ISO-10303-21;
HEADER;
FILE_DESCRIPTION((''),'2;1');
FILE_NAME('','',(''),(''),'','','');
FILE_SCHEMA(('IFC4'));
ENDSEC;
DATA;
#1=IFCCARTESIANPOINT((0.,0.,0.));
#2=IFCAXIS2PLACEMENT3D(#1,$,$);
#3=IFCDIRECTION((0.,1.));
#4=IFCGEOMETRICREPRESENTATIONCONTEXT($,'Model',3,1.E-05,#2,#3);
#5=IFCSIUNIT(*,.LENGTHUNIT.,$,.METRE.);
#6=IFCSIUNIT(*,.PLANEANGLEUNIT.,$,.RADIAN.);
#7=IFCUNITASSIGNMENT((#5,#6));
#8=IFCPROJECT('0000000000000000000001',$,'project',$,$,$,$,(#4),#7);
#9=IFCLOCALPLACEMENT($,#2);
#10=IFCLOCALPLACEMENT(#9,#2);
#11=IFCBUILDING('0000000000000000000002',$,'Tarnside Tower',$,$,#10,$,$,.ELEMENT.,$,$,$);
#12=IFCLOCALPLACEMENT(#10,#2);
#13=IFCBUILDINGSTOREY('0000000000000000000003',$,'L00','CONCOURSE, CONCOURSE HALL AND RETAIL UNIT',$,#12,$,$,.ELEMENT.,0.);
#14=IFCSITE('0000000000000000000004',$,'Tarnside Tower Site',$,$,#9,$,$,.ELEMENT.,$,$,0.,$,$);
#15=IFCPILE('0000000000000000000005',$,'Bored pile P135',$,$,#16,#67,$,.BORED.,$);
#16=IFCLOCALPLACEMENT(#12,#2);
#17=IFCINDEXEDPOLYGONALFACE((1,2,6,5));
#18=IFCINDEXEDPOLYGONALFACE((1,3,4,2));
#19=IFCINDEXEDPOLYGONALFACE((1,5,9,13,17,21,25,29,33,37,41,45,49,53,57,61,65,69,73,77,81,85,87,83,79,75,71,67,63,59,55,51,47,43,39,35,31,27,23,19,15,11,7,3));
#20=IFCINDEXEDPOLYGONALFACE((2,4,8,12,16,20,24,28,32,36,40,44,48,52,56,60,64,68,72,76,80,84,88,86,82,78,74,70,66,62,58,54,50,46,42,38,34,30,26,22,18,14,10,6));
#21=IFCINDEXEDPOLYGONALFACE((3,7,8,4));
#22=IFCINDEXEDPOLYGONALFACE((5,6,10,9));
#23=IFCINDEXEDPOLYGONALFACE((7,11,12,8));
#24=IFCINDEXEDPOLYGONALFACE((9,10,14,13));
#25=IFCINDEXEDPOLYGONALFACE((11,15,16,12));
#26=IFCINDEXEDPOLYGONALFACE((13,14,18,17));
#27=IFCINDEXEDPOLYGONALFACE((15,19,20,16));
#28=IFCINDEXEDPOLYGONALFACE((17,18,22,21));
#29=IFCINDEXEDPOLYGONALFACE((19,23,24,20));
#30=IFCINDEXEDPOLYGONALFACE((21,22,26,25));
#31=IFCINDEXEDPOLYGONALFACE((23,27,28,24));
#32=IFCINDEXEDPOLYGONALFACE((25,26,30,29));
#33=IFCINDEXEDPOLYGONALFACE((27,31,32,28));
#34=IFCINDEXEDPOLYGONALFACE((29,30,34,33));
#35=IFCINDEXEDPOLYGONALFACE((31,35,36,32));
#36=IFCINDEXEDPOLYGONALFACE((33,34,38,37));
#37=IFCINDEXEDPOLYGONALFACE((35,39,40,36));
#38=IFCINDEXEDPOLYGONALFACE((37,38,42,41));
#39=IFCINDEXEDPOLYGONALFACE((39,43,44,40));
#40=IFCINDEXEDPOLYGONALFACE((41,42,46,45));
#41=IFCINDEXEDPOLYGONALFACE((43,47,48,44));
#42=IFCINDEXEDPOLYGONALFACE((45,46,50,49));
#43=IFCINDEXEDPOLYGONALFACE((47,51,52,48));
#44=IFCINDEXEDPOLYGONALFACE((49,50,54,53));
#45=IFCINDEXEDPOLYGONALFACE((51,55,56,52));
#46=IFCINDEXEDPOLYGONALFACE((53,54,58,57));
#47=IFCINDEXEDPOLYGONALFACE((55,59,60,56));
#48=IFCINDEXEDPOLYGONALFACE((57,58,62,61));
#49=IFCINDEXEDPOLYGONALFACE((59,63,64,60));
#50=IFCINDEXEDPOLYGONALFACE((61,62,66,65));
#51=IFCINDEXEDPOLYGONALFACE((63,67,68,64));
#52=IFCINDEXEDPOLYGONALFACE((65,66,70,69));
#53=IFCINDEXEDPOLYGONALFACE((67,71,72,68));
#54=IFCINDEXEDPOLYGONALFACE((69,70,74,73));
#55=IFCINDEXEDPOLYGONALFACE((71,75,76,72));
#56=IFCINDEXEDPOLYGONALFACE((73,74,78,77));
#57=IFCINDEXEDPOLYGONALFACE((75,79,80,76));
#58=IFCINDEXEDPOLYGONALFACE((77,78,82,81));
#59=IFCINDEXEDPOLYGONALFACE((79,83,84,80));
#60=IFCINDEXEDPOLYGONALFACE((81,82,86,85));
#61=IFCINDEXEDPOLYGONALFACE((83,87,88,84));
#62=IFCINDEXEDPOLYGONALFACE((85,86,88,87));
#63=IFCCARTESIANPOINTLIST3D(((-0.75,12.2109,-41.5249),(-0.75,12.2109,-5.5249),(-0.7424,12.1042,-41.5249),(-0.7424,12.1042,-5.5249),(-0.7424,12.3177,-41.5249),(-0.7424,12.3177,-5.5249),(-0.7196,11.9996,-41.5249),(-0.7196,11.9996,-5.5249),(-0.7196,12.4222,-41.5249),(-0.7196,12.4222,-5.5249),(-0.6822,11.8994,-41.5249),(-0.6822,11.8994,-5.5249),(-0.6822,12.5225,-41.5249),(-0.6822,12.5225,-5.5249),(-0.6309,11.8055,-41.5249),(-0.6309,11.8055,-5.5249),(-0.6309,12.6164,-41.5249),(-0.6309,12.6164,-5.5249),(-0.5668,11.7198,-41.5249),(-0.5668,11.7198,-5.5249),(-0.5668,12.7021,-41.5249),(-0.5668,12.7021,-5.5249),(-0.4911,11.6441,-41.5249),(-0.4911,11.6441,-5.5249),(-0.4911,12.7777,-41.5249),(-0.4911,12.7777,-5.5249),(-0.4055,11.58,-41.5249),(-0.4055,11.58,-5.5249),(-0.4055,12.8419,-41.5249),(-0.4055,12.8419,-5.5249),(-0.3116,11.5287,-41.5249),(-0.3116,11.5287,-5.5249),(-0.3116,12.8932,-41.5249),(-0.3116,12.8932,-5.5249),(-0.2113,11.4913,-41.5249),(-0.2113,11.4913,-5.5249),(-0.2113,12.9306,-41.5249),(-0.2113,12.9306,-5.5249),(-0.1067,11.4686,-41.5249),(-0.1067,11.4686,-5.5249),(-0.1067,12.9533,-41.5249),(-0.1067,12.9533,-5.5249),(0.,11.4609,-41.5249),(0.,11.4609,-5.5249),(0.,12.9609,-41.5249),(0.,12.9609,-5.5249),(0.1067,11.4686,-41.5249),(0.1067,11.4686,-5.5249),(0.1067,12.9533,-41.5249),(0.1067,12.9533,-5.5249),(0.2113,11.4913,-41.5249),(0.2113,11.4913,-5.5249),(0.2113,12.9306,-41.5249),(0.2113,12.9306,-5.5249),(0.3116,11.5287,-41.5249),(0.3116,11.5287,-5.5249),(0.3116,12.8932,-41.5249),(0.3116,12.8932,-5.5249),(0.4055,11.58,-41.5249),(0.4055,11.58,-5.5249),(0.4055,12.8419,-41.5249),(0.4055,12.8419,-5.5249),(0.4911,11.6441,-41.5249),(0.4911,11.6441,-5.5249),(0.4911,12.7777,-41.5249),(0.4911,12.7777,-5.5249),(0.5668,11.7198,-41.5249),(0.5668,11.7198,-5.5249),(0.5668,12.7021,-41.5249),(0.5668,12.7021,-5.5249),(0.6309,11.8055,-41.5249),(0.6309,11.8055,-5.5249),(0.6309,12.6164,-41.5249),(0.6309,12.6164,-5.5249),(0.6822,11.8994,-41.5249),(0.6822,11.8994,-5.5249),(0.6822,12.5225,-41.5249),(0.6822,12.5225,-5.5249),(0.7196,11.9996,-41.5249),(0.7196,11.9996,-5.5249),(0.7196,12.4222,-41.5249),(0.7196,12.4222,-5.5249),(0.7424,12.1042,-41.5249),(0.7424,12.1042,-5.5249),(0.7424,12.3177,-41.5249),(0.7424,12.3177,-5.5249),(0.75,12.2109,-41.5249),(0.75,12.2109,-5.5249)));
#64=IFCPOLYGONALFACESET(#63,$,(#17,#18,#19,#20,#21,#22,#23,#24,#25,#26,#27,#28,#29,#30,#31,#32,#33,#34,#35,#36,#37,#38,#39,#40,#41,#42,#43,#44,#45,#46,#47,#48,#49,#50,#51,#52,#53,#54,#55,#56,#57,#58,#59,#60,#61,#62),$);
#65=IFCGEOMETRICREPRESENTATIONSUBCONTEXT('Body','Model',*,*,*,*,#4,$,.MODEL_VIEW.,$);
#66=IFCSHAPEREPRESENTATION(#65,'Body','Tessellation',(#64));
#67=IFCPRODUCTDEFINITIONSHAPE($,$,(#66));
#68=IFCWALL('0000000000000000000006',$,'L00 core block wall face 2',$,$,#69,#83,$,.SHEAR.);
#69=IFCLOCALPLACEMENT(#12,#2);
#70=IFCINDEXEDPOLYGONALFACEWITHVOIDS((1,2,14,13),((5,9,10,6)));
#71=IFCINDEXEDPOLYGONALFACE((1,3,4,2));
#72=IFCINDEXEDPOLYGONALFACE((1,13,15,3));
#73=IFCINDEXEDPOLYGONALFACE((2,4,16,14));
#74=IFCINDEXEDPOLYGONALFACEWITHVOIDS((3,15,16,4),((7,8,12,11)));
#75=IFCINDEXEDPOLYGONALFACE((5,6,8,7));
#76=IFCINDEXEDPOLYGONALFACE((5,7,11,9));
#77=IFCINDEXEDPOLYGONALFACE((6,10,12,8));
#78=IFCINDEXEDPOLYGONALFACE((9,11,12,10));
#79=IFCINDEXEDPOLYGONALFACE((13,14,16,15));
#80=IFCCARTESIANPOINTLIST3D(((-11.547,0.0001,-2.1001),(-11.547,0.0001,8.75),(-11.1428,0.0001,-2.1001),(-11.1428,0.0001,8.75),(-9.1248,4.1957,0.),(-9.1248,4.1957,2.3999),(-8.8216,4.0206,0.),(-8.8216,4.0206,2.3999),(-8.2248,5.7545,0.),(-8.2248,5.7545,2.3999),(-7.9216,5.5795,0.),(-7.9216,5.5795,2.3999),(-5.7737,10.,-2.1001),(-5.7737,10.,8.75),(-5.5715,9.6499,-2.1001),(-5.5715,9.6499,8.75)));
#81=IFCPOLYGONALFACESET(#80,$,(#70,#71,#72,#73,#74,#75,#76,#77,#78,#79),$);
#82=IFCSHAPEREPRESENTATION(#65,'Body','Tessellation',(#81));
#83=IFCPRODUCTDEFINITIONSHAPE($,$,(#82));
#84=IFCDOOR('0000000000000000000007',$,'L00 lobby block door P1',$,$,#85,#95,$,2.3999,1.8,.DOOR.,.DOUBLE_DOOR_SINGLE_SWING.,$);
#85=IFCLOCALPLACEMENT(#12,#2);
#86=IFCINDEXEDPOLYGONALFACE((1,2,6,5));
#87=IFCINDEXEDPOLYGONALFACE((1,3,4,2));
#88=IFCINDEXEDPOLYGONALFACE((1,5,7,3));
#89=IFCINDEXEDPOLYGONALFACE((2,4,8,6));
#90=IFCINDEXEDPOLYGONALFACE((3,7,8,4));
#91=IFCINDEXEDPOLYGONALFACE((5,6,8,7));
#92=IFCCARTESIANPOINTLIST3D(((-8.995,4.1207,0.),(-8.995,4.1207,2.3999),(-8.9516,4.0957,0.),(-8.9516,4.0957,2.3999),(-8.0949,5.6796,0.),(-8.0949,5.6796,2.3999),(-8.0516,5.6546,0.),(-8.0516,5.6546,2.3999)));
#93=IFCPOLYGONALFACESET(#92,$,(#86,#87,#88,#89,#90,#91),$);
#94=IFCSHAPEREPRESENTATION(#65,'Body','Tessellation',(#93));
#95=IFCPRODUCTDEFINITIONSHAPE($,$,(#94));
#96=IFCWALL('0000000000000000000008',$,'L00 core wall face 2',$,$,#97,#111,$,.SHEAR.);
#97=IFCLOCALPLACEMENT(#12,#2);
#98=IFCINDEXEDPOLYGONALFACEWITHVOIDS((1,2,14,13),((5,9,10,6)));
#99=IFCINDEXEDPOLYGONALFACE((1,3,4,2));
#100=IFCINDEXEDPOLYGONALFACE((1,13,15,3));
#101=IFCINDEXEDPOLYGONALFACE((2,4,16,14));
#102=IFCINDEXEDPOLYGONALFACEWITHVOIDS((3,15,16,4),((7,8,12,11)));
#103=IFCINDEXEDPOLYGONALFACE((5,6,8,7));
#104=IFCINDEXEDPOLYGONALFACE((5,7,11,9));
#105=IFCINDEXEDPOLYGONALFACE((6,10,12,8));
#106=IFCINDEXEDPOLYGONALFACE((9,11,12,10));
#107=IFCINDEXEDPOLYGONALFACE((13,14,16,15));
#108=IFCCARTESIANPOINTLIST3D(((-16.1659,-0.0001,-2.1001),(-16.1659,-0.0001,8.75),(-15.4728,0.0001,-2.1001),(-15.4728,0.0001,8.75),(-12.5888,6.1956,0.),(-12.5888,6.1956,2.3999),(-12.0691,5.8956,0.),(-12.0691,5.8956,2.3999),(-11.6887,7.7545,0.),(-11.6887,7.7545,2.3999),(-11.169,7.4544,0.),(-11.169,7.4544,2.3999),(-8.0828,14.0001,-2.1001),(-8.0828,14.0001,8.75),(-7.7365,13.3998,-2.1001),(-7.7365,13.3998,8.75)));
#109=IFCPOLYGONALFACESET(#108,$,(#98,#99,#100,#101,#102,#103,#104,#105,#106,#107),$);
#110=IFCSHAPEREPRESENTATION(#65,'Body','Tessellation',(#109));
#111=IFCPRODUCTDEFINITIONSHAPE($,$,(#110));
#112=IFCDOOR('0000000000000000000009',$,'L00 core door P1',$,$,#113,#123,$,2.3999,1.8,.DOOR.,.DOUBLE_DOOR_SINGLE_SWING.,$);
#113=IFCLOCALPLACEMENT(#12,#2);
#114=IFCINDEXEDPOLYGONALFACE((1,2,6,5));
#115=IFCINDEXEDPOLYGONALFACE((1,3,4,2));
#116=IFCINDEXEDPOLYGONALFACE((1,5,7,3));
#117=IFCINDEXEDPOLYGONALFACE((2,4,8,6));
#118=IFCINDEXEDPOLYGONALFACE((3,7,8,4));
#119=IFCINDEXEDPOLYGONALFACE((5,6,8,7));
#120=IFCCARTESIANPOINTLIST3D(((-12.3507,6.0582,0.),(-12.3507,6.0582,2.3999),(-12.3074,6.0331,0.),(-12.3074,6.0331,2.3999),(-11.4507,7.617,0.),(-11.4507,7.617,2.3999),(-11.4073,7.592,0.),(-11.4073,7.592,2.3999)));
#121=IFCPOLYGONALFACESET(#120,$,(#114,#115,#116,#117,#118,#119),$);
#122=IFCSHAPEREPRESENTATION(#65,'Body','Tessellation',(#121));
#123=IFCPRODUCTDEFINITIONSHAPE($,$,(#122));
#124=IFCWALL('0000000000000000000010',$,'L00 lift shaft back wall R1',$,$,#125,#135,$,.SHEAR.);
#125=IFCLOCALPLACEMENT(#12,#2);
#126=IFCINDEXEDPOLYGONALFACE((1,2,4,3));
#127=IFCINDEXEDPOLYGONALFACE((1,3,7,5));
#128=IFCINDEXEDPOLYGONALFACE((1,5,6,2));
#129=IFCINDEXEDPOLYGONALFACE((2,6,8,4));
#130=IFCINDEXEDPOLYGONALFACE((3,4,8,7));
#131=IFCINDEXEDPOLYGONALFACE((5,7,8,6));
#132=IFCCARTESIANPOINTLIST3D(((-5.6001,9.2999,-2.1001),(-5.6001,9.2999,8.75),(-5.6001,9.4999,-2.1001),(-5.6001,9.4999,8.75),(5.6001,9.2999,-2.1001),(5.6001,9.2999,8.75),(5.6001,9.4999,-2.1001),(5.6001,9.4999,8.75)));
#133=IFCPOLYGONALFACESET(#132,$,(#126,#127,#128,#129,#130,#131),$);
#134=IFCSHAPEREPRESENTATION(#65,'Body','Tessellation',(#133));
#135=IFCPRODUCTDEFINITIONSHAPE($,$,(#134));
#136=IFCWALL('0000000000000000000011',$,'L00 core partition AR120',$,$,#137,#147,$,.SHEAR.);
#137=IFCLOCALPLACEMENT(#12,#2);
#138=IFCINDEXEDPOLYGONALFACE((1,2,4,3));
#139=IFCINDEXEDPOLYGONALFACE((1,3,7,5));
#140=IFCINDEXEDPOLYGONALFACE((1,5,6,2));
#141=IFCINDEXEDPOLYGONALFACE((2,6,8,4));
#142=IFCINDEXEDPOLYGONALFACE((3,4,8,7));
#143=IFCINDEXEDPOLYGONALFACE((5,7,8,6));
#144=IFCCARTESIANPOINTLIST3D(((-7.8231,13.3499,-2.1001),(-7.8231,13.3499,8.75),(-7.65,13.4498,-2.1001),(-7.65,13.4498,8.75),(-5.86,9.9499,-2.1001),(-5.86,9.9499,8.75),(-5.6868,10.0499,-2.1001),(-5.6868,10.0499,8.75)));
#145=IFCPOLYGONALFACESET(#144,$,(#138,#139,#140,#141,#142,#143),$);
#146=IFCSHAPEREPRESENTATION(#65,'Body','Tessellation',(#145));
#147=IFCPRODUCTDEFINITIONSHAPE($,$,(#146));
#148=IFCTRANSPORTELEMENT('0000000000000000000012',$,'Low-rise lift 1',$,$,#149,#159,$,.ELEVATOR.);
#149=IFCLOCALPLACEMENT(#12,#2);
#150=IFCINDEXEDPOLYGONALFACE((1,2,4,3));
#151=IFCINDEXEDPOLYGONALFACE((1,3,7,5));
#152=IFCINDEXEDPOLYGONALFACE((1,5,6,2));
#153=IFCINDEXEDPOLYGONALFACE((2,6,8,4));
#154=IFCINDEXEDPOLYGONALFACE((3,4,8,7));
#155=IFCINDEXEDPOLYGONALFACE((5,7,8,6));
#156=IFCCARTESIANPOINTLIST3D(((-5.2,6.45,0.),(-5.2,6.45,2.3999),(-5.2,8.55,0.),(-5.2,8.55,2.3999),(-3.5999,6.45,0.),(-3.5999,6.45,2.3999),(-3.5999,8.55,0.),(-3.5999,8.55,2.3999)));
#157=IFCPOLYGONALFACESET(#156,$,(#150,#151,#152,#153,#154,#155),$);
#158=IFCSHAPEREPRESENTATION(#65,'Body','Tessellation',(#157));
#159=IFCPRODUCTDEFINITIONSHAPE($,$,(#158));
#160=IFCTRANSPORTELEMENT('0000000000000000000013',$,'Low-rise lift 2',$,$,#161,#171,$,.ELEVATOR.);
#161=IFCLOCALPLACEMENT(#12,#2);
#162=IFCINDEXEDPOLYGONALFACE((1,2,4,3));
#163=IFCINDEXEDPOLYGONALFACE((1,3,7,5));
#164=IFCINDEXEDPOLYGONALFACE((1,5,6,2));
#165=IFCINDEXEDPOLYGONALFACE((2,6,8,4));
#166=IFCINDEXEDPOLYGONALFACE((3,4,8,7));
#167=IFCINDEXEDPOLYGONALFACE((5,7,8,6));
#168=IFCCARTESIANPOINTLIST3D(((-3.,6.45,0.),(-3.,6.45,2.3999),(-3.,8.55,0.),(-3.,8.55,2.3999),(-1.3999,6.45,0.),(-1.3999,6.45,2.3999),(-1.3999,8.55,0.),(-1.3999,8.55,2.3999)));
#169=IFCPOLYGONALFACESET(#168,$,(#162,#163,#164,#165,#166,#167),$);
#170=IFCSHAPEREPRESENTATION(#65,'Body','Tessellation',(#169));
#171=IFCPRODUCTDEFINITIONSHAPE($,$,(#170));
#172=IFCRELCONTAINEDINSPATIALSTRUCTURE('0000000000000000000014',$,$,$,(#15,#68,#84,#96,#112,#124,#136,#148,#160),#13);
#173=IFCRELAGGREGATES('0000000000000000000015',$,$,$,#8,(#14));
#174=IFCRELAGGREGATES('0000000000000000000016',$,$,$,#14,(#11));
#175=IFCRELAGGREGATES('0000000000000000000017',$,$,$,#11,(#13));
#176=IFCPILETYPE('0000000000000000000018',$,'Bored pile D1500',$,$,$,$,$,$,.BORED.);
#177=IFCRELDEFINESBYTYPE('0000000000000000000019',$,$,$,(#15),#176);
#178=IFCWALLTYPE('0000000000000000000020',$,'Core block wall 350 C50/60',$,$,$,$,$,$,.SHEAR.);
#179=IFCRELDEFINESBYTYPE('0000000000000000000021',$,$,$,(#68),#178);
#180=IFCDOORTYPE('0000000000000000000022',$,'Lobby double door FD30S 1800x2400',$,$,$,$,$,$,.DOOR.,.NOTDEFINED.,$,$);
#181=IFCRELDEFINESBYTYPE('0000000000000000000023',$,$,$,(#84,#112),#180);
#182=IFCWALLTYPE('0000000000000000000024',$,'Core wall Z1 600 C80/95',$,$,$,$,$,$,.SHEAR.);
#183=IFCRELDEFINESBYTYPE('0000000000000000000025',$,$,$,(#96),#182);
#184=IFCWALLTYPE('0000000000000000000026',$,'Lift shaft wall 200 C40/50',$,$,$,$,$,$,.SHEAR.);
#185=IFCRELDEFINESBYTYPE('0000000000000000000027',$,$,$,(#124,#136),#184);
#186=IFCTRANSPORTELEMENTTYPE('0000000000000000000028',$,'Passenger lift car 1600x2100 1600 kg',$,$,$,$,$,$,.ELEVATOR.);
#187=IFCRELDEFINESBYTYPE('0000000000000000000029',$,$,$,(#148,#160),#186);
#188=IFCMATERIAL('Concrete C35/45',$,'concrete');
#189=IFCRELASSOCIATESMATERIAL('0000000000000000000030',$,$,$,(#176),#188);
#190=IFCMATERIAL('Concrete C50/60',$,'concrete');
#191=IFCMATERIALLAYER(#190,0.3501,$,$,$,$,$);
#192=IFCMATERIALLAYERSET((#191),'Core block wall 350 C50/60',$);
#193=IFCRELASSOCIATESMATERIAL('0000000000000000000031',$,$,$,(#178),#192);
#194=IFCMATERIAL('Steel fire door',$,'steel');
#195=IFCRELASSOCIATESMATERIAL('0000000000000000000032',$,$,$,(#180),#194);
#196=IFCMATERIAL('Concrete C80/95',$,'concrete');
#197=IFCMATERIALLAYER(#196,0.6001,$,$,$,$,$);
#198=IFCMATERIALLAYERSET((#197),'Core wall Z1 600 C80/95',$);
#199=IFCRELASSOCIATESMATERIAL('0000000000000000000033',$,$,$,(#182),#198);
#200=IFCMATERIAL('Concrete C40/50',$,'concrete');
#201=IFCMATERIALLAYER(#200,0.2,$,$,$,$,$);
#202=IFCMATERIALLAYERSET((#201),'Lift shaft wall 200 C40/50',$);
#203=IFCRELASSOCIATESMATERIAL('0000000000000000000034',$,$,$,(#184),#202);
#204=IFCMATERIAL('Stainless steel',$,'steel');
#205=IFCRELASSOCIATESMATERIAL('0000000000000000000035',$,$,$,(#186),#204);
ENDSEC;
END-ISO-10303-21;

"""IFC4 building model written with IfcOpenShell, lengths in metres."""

from ifc_helpers import new_model, si_unit, direction, frame, frame_2d, origin, origin_2d, place, context, subcontext, project, spatial, polyline, rectangle, circle, outline, extrude, material, layer, layer_set, material_profile, profile_set, type_object, element, fill, save


model = new_model("IFC4")

# Units and contexts
model_context = context("Model", 3, precision=1e-05, world=origin(), true_north=direction((0.0, 1.0)))
body_context = subcontext(model_context, "Body", "Model", "MODEL_VIEW")
ifc_project = project(units=[si_unit("LENGTHUNIT", "METRE"), si_unit("PLANEANGLEUNIT", "RADIAN")], contexts=[model_context])

# Site, building, storey
site_placement = place(None, origin())
site = spatial("IfcSite", under=ifc_project, at=site_placement, Name="Tarnside Tower Site", CompositionType="ELEMENT", RefElevation=0.0)
building_placement = place(site_placement, origin())
building = spatial("IfcBuilding", under=site, at=building_placement, Name="Tarnside Tower", CompositionType="ELEMENT")
storey_placement = place(building_placement, origin())
storey = spatial("IfcBuildingStorey", under=building, at=storey_placement, Name="L00", Description="CONCOURSE, CONCOURSE HALL AND RETAIL UNIT", CompositionType="ELEMENT", Elevation=0.0)

# Pile
ifc_material_1 = material(Name="Concrete C35/45", Category="concrete")
ifc_material_profile = material_profile(ifc_material_1, circle(Radius=0.75, at=origin_2d()), Name="Bored pile D1500")
ifc_profile_set = profile_set([ifc_material_profile], Name="Concrete C35/45")
pile_type = type_object("IfcPileType", Name="Bored pile D1500", PredefinedType="BORED", material=ifc_profile_set)
for number, where, z_axis, x_axis, name in (
    (1, (0.0, 12.2109, -5.5249), (0.0, 0.0, -1.0), (1.0, 0.0, 0.0), "Bored pile P135"),
):
    element("IfcPile", number, at=place(storey_placement, frame(where, z_axis=z_axis, x_axis=x_axis)), inside=storey, type_object=pile_type, Name=name, PredefinedType="BORED", context=body_context, shape_type="SweptSolid", body=[
        extrude(circle(Radius=0.75, at=origin_2d()), origin(), (0.0, 0.0, 1.0), 36.0),
    ])

# Walls, openings, doors
ifc_material_2 = material(Name="Concrete C50/60", Category="concrete")
ifc_layer_1 = layer(ifc_material_2, 0.3501)
ifc_layer_set_1 = layer_set([ifc_layer_1], Name="Core block wall 350 C50/60")
wall_type_1 = type_object("IfcWallType", Name="Core block wall 350 C50/60", PredefinedType="SHEAR", material=ifc_layer_set_1)
wall_1_placement = place(storey_placement, frame((-5.6726, 9.825, -2.1001), z_axis=(0.0, 0.0, 1.0), x_axis=(-0.499995, -0.866028, 0.0)))
wall_1 = element("IfcWall", 2, at=wall_1_placement, inside=storey, type_object=wall_type_1, Name="L00 core block wall face 2", PredefinedType="SHEAR", context=body_context, shape_type="SweptSolid", body=[
    extrude(outline(polyline([(-0.1011, -0.175), (11.4458, -0.175), (11.2437, 0.175), (0.1011, 0.175), (-0.1011, -0.175)])), origin(), (0.0, 0.0, 1.0), 10.8501),
])
opening_1_placement = place(wall_1_placement, frame((4.8013, 0.0, 2.1001)))
opening_1 = element("IfcOpeningElement", 3, at=opening_1_placement, cuts=wall_1, PredefinedType="OPENING", context=body_context, shape_type="SweptSolid", body=[
    extrude(rectangle(XDim=1.8, YDim=2.3999, at=frame_2d((0.8999, 1.2))), frame((0.0, 0.1851, 0.0), z_axis=(0.0, -1.0, 0.0), x_axis=(1.0, 0.0, 0.0)), (0.0, 0.0, 1.0), 0.3701),
])
ifc_material_3 = material(Name="Steel fire door", Category="steel")
door_type = type_object("IfcDoorType", Name="Lobby double door FD30S 1800x2400", OperationType="NOTDEFINED", PredefinedType="DOOR", material=ifc_material_3)
door_1_placement = place(opening_1_placement, origin())
door_1 = element("IfcDoor", 4, at=door_1_placement, inside=storey, type_object=door_type, Name="L00 lobby block door P1", OperationType="DOUBLE_DOOR_SINGLE_SWING", OverallHeight=2.3999, OverallWidth=1.8, PredefinedType="DOOR", context=body_context, shape_type="SweptSolid", body=[
    extrude(rectangle(XDim=1.8, YDim=2.3999, at=frame_2d((0.8999, 1.2))), frame((0.0, 0.0249, 0.0), z_axis=(0.0, -1.0, 0.0), x_axis=(1.0, 0.0, 0.0)), (0.0, 0.0, 1.0), 0.05),
])
fill(opening_1, door_1)
ifc_material_4 = material(Name="Concrete C80/95", Category="concrete")
ifc_layer_2 = layer(ifc_material_4, 0.6001)
ifc_layer_set_2 = layer_set([ifc_layer_2], Name="Core wall Z1 600 C80/95")
wall_type_2 = type_object("IfcWallType", Name="Core wall Z1 600 C80/95", PredefinedType="SHEAR", material=ifc_layer_set_2)
wall_2_placement = place(storey_placement, frame((-7.9097, 13.7, -2.1001), z_axis=(0.0, 0.0, 1.0), x_axis=(-0.5, -0.866025, 0.0)))
wall_2 = element("IfcWall", 5, at=wall_2_placement, inside=storey, type_object=wall_type_2, Name="L00 core wall face 2", PredefinedType="SHEAR", context=body_context, shape_type="SweptSolid", body=[
    extrude(outline(polyline([(-0.1733, -0.3), (15.9927, -0.3), (15.646, 0.3), (0.1733, 0.3), (-0.1733, -0.3)])), origin(), (0.0, 0.0, 1.0), 10.8501),
])
opening_2_placement = place(wall_2_placement, frame((7.0386, 0.0, 2.1001)))
opening_2 = element("IfcOpeningElement", 6, at=opening_2_placement, cuts=wall_2, PredefinedType="OPENING", context=body_context, shape_type="SweptSolid", body=[
    extrude(rectangle(XDim=1.8, YDim=2.3999, at=frame_2d((0.8999, 1.2))), frame((0.0, 0.3101, 0.0), z_axis=(0.0, -1.0, 0.0), x_axis=(1.0, 0.0, 0.0)), (0.0, 0.0, 1.0), 0.6201),
])
door_2_placement = place(opening_2_placement, origin())
door_2 = element("IfcDoor", 7, at=door_2_placement, inside=storey, type_object=door_type, Name="L00 core door P1", OperationType="DOUBLE_DOOR_SINGLE_SWING", OverallHeight=2.3999, OverallWidth=1.8, PredefinedType="DOOR", context=body_context, shape_type="SweptSolid", body=[
    extrude(rectangle(XDim=1.8, YDim=2.3999, at=frame_2d((0.8999, 1.2))), frame((0.0, 0.0249, 0.0), z_axis=(0.0, -1.0, 0.0), x_axis=(1.0, 0.0, 0.0)), (0.0, 0.0, 1.0), 0.05),
])
fill(opening_2, door_2)

# Walls
ifc_material_5 = material(Name="Concrete C40/50", Category="concrete")
ifc_layer_3 = layer(ifc_material_5, 0.2)
ifc_layer_set_3 = layer_set([ifc_layer_3], Name="Lift shaft wall 200 C40/50")
wall_type_3 = type_object("IfcWallType", Name="Lift shaft wall 200 C40/50", PredefinedType="SHEAR", material=ifc_layer_set_3)
wall_3_placement = place(storey_placement, frame((-5.6001, 9.3999, -2.1001), z_axis=(0.0, 0.0, 1.0), x_axis=(1.0, 0.0, 0.0)))
element("IfcWall", 8, at=wall_3_placement, inside=storey, type_object=wall_type_3, Name="L00 lift shaft back wall R1", PredefinedType="SHEAR", context=body_context, shape_type="SweptSolid", body=[
    extrude(rectangle(XDim=11.2002, YDim=0.2, at=frame_2d((5.6001, 0.0))), origin(), (0.0, 0.0, 1.0), 10.8501),
])
wall_4_placement = place(storey_placement, frame((-5.7734, 10.0, -2.1001), z_axis=(0.0, 0.0, 1.0), x_axis=(-0.500038, 0.866003, 0.0)))
element("IfcWall", 9, at=wall_4_placement, inside=storey, type_object=wall_type_3, Name="L00 core partition AR120", PredefinedType="SHEAR", context=body_context, shape_type="SweptSolid", body=[
    extrude(rectangle(XDim=3.926, YDim=0.2, at=frame_2d((1.9629, 0.0))), origin(), (0.0, 0.0, 1.0), 10.8501),
])

# Transport elements
ifc_material_6 = material(Name="Stainless steel", Category="steel")
transport_element_type = type_object("IfcTransportElementType", Name="Passenger lift car 1600x2100 1600 kg", PredefinedType="ELEVATOR", material=ifc_material_6)
for number, where, z_axis, x_axis, name in (
    (10, (-4.3999, 7.5, 0.0), (0.0, 0.0, 1.0), (1.0, 0.0, 0.0), "Low-rise lift 1"),
    (11, (-2.2, 7.5, 0.0), (0.0, 0.0, 1.0), (1.0, 0.0, 0.0), "Low-rise lift 2"),
):
    element("IfcTransportElement", number, at=place(storey_placement, frame(where, z_axis=z_axis, x_axis=x_axis)), inside=storey, type_object=transport_element_type, Name=name, PredefinedType="ELEVATOR", context=body_context, shape_type="SweptSolid", body=[
        extrude(rectangle(XDim=1.6001, YDim=2.1001, at=origin_2d()), origin(), (0.0, 0.0, 1.0), 2.3999),
    ])

save(model, "model.ifc")
